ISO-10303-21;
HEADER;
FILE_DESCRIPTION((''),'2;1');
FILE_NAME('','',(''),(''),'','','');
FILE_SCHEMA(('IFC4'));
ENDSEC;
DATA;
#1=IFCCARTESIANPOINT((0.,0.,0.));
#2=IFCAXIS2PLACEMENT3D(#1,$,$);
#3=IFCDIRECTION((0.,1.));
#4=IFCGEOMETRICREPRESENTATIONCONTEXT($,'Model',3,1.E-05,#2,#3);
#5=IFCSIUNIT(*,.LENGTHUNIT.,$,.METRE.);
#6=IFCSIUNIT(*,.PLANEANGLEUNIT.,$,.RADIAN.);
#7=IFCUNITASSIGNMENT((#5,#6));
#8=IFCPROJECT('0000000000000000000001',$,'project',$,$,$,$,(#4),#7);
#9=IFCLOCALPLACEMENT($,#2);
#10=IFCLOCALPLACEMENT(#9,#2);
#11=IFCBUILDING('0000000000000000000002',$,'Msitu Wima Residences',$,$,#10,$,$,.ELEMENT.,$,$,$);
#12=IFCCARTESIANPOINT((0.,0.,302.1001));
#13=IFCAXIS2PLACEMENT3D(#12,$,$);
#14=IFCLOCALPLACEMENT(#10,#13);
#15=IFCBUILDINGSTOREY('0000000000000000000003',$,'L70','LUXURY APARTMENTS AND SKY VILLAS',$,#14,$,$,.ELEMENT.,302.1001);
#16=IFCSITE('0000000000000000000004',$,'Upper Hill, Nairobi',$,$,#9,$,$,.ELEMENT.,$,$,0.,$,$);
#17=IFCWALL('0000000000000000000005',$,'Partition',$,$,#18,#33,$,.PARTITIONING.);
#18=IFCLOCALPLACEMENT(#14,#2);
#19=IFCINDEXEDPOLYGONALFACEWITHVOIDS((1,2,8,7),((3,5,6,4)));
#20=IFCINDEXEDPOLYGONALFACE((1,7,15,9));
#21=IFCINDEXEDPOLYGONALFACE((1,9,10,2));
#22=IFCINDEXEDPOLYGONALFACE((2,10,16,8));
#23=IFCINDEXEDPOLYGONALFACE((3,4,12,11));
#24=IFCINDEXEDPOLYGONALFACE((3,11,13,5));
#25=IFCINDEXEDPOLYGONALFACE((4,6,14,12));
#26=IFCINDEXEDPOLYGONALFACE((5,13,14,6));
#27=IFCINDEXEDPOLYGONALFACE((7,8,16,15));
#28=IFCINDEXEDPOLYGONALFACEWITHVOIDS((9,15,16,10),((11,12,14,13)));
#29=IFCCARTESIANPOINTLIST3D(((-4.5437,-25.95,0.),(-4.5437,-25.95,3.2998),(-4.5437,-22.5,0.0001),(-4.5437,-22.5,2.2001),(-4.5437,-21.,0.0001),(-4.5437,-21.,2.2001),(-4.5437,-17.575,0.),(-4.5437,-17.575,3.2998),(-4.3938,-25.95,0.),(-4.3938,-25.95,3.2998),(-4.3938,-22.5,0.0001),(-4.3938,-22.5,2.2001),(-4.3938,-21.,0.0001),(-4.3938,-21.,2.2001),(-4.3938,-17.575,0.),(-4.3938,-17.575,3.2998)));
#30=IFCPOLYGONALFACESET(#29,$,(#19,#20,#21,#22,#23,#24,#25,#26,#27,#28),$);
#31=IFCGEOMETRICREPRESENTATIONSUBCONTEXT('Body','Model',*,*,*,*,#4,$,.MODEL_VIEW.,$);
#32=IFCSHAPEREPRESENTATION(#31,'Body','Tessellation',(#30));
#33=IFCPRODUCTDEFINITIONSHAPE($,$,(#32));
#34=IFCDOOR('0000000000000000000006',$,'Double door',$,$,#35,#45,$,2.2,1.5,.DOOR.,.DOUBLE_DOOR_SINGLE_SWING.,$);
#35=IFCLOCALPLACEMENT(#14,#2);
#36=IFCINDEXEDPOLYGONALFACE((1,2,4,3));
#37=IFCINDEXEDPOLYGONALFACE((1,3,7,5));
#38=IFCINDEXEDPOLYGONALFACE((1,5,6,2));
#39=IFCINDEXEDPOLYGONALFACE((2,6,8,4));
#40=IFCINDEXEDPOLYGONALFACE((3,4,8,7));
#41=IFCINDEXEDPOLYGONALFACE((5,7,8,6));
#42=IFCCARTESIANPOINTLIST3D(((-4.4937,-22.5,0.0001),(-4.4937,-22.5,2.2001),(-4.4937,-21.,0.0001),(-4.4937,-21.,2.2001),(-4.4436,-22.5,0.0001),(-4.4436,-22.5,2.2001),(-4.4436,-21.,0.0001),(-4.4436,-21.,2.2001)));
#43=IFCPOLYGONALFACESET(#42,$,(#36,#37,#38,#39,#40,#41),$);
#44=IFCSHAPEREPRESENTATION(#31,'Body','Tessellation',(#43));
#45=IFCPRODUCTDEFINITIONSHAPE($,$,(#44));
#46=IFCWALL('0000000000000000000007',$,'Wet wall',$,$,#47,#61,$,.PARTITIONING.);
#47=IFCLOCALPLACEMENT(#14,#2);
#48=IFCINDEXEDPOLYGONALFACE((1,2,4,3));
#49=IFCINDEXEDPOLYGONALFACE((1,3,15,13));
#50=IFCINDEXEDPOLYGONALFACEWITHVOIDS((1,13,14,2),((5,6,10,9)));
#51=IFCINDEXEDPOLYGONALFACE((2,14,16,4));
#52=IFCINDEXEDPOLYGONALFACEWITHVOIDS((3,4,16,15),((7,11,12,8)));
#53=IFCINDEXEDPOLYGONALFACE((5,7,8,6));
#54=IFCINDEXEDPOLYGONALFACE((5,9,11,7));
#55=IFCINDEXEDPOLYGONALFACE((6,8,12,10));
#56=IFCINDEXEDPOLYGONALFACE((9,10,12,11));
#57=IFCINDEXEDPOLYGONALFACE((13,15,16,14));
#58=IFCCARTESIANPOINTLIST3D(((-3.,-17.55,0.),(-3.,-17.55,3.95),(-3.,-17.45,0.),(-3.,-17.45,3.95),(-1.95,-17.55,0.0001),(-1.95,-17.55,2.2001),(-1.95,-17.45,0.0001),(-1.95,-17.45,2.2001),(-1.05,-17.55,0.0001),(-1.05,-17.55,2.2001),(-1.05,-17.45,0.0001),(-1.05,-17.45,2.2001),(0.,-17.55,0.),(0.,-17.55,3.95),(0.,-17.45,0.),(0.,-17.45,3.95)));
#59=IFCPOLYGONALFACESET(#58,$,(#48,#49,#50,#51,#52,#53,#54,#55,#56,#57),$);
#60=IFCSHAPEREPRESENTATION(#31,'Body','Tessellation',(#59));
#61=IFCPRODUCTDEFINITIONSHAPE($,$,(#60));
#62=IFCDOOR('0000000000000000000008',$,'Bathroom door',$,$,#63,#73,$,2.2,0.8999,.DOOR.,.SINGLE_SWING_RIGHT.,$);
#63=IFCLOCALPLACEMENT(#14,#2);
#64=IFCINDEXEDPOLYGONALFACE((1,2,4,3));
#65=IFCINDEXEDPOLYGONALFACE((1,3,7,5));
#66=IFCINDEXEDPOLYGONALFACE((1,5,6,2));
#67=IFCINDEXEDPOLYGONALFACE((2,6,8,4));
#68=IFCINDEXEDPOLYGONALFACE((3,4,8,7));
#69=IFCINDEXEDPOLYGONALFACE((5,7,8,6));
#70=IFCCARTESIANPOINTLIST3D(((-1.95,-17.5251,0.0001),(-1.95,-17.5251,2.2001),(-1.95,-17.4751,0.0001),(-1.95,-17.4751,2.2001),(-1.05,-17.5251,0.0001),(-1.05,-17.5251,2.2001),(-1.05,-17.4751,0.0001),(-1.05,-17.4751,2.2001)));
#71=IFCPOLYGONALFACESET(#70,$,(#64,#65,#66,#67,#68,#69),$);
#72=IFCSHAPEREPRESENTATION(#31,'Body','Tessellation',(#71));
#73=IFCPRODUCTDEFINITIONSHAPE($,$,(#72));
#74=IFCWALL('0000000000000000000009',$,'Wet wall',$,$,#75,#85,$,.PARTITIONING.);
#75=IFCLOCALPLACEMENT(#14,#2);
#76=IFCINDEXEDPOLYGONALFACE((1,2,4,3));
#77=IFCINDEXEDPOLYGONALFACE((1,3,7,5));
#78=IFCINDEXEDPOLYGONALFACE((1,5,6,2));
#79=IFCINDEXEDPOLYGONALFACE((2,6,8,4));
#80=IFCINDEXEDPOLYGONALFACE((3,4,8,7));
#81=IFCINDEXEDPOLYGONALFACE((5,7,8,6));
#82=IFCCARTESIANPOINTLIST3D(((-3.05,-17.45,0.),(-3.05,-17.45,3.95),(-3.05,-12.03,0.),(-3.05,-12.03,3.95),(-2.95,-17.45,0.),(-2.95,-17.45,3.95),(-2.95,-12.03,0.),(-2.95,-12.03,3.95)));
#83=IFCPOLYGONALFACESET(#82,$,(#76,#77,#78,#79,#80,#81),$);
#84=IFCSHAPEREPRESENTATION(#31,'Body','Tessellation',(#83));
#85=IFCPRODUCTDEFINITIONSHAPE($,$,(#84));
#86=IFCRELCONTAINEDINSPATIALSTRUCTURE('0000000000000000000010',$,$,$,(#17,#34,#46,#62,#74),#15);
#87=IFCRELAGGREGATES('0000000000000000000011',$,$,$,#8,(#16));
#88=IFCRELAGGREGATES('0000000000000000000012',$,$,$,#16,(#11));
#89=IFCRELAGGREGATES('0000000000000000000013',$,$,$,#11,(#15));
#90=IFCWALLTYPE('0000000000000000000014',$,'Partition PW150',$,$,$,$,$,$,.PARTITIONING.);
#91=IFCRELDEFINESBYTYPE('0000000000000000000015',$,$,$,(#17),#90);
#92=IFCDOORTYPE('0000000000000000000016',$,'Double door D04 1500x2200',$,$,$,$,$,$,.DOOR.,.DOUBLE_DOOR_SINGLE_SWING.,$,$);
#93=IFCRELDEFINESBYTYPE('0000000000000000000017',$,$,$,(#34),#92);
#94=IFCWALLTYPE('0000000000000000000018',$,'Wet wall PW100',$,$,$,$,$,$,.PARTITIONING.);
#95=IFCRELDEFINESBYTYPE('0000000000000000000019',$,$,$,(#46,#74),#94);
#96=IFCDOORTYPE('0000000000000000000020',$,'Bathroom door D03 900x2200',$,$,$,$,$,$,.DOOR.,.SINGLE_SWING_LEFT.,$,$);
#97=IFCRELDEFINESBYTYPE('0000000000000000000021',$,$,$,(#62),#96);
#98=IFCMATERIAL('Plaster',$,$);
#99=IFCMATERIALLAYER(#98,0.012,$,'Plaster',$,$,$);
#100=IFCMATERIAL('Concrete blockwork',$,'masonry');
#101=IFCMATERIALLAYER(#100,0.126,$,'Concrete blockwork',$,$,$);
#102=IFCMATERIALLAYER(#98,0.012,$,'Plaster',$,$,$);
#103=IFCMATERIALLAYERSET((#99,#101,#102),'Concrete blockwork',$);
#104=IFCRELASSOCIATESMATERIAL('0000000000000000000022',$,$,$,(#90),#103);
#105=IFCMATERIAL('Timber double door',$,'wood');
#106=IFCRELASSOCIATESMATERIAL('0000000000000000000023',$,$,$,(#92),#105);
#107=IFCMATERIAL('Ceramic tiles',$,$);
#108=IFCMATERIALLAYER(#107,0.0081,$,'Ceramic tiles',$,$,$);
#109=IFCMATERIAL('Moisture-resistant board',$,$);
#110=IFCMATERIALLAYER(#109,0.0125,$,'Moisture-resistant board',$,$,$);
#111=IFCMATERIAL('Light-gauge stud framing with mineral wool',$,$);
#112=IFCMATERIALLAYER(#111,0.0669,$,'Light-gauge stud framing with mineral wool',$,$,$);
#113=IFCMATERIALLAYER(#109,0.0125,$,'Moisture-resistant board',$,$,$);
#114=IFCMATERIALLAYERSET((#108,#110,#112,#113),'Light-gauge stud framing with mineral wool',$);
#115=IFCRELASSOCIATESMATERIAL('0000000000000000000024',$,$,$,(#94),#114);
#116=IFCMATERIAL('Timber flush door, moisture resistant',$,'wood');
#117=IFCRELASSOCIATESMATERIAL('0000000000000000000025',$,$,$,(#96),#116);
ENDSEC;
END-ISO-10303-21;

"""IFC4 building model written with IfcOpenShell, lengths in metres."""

from ifc_helpers import new_model, si_unit, direction, frame, frame_2d, origin, place, context, subcontext, project, spatial, rectangle, extrude, material, layer, layer_set, type_object, element, fill, save


model = new_model("IFC4")

# Units and contexts
model_context = context("Model", 3, precision=1e-05, world=origin(), true_north=direction((0.0, 1.0)))
body_context = subcontext(model_context, "Body", "Model", "MODEL_VIEW")
ifc_project = project(units=[si_unit("LENGTHUNIT", "METRE"), si_unit("PLANEANGLEUNIT", "RADIAN")], contexts=[model_context])

# Site, building, storey
site_placement = place(None, origin())
site = spatial("IfcSite", under=ifc_project, at=site_placement, Name="Upper Hill, Nairobi", CompositionType="ELEMENT", RefElevation=0.0)
building_placement = place(site_placement, origin())
building = spatial("IfcBuilding", under=site, at=building_placement, Name="Msitu Wima Residences", CompositionType="ELEMENT")
storey_placement = place(building_placement, frame((0.0, 0.0, 302.1001)))
storey = spatial("IfcBuildingStorey", under=building, at=storey_placement, Name="L70", Description="LUXURY APARTMENTS AND SKY VILLAS", CompositionType="ELEMENT", Elevation=302.1001)

# Walls, openings, doors
ifc_material_1 = material(Name="Plaster")
ifc_layer_1 = layer(ifc_material_1, 0.012, Name="Plaster")
ifc_material_2 = material(Name="Concrete blockwork", Category="masonry")
ifc_layer_2 = layer(ifc_material_2, 0.126, Name="Concrete blockwork")
ifc_layer_3 = layer(ifc_material_1, 0.012, Name="Plaster")
ifc_layer_set_1 = layer_set([ifc_layer_1, ifc_layer_2, ifc_layer_3], Name="Concrete blockwork")
wall_type_1 = type_object("IfcWallType", Name="Partition PW150", PredefinedType="PARTITIONING", material=ifc_layer_set_1)
wall_1_placement = place(storey_placement, frame((-4.4688, -25.95, 0.0), z_axis=(0.0, 0.0, 1.0), x_axis=(0.0, 1.0, 0.0)))
wall_1 = element("IfcWall", 1, at=wall_1_placement, inside=storey, type_object=wall_type_1, Name="Partition", PredefinedType="PARTITIONING", context=body_context, shape_type="SweptSolid", body=[
    extrude(rectangle(XDim=8.375, YDim=0.1499, at=frame_2d((4.1875, 0.0))), origin(), (0.0, 0.0, 1.0), 3.2998),
])
opening_1_placement = place(wall_1_placement, frame((3.45, 0.0, 0.0)))
opening_1 = element("IfcOpeningElement", 2, at=opening_1_placement, cuts=wall_1, PredefinedType="OPENING", context=body_context, shape_type="SweptSolid", body=[
    extrude(rectangle(XDim=1.5, YDim=2.2, at=frame_2d((0.75, 1.1001))), frame((0.0, 0.085, 0.0), z_axis=(0.0, -1.0, 0.0), x_axis=(1.0, 0.0, 0.0)), (0.0, 0.0, 1.0), 0.1699),
])
ifc_material_3 = material(Name="Timber double door", Category="wood")
door_type_1 = type_object("IfcDoorType", Name="Double door D04 1500x2200", OperationType="DOUBLE_DOOR_SINGLE_SWING", PredefinedType="DOOR", material=ifc_material_3)
door_1_placement = place(opening_1_placement, origin())
door_1 = element("IfcDoor", 3, at=door_1_placement, inside=storey, type_object=door_type_1, Name="Double door", OperationType="DOUBLE_DOOR_SINGLE_SWING", OverallHeight=2.2, OverallWidth=1.5, PredefinedType="DOOR", context=body_context, shape_type="SweptSolid", body=[
    extrude(rectangle(XDim=1.5, YDim=2.2, at=frame_2d((0.75, 1.1001))), frame((0.0, 0.0249, 0.0), z_axis=(0.0, -1.0, 0.0), x_axis=(1.0, 0.0, 0.0)), (0.0, 0.0, 1.0), 0.05),
])
fill(opening_1, door_1)
ifc_material_4 = material(Name="Ceramic tiles")
ifc_layer_4 = layer(ifc_material_4, 0.0081, Name="Ceramic tiles")
ifc_material_5 = material(Name="Moisture-resistant board")
ifc_layer_5 = layer(ifc_material_5, 0.0125, Name="Moisture-resistant board")
ifc_material_6 = material(Name="Light-gauge stud framing with mineral wool")
ifc_layer_6 = layer(ifc_material_6, 0.0669, Name="Light-gauge stud framing with mineral wool")
ifc_layer_7 = layer(ifc_material_5, 0.0125, Name="Moisture-resistant board")
ifc_layer_set_2 = layer_set([ifc_layer_4, ifc_layer_5, ifc_layer_6, ifc_layer_7], Name="Light-gauge stud framing with mineral wool")
wall_type_2 = type_object("IfcWallType", Name="Wet wall PW100", PredefinedType="PARTITIONING", material=ifc_layer_set_2)
wall_2_placement = place(storey_placement, frame((-3.0, -17.5, 0.0), z_axis=(0.0, 0.0, 1.0), x_axis=(1.0, 0.0, 0.0)))
wall_2 = element("IfcWall", 4, at=wall_2_placement, inside=storey, type_object=wall_type_2, Name="Wet wall", PredefinedType="PARTITIONING", context=body_context, shape_type="SweptSolid", body=[
    extrude(rectangle(XDim=3.0, YDim=0.1001, at=frame_2d((1.5, 0.0))), origin(), (0.0, 0.0, 1.0), 3.95),
])
opening_2_placement = place(wall_2_placement, frame((1.05, 0.0, 0.0)))
opening_2 = element("IfcOpeningElement", 5, at=opening_2_placement, cuts=wall_2, PredefinedType="OPENING", context=body_context, shape_type="SweptSolid", body=[
    extrude(rectangle(XDim=0.8999, YDim=2.2, at=frame_2d((0.45, 1.1001))), frame((0.0, 0.0601, 0.0), z_axis=(0.0, -1.0, 0.0), x_axis=(1.0, 0.0, 0.0)), (0.0, 0.0, 1.0), 0.1201),
])
ifc_material_7 = material(Name="Timber flush door, moisture resistant", Category="wood")
door_type_2 = type_object("IfcDoorType", Name="Bathroom door D03 900x2200", OperationType="SINGLE_SWING_LEFT", PredefinedType="DOOR", material=ifc_material_7)
door_2_placement = place(opening_2_placement, origin())
door_2 = element("IfcDoor", 6, at=door_2_placement, inside=storey, type_object=door_type_2, Name="Bathroom door", OperationType="SINGLE_SWING_RIGHT", OverallHeight=2.2, OverallWidth=0.8999, PredefinedType="DOOR", context=body_context, shape_type="SweptSolid", body=[
    extrude(rectangle(XDim=0.8999, YDim=2.2, at=frame_2d((0.45, 1.1001))), frame((0.0, 0.0249, 0.0), z_axis=(0.0, -1.0, 0.0), x_axis=(1.0, 0.0, 0.0)), (0.0, 0.0, 1.0), 0.05),
])
fill(opening_2, door_2)

# Wall
wall_3_placement = place(storey_placement, frame((-3.0, -17.45, 0.0), z_axis=(0.0, 0.0, 1.0), x_axis=(0.0, 1.0, 0.0)))
element("IfcWall", 7, at=wall_3_placement, inside=storey, type_object=wall_type_2, Name="Wet wall", PredefinedType="PARTITIONING", context=body_context, shape_type="SweptSolid", body=[
    extrude(rectangle(XDim=5.4199, YDim=0.1001, at=frame_2d((2.71, 0.0))), origin(), (0.0, 0.0, 1.0), 3.95),
])

save(model, "model.ifc")
